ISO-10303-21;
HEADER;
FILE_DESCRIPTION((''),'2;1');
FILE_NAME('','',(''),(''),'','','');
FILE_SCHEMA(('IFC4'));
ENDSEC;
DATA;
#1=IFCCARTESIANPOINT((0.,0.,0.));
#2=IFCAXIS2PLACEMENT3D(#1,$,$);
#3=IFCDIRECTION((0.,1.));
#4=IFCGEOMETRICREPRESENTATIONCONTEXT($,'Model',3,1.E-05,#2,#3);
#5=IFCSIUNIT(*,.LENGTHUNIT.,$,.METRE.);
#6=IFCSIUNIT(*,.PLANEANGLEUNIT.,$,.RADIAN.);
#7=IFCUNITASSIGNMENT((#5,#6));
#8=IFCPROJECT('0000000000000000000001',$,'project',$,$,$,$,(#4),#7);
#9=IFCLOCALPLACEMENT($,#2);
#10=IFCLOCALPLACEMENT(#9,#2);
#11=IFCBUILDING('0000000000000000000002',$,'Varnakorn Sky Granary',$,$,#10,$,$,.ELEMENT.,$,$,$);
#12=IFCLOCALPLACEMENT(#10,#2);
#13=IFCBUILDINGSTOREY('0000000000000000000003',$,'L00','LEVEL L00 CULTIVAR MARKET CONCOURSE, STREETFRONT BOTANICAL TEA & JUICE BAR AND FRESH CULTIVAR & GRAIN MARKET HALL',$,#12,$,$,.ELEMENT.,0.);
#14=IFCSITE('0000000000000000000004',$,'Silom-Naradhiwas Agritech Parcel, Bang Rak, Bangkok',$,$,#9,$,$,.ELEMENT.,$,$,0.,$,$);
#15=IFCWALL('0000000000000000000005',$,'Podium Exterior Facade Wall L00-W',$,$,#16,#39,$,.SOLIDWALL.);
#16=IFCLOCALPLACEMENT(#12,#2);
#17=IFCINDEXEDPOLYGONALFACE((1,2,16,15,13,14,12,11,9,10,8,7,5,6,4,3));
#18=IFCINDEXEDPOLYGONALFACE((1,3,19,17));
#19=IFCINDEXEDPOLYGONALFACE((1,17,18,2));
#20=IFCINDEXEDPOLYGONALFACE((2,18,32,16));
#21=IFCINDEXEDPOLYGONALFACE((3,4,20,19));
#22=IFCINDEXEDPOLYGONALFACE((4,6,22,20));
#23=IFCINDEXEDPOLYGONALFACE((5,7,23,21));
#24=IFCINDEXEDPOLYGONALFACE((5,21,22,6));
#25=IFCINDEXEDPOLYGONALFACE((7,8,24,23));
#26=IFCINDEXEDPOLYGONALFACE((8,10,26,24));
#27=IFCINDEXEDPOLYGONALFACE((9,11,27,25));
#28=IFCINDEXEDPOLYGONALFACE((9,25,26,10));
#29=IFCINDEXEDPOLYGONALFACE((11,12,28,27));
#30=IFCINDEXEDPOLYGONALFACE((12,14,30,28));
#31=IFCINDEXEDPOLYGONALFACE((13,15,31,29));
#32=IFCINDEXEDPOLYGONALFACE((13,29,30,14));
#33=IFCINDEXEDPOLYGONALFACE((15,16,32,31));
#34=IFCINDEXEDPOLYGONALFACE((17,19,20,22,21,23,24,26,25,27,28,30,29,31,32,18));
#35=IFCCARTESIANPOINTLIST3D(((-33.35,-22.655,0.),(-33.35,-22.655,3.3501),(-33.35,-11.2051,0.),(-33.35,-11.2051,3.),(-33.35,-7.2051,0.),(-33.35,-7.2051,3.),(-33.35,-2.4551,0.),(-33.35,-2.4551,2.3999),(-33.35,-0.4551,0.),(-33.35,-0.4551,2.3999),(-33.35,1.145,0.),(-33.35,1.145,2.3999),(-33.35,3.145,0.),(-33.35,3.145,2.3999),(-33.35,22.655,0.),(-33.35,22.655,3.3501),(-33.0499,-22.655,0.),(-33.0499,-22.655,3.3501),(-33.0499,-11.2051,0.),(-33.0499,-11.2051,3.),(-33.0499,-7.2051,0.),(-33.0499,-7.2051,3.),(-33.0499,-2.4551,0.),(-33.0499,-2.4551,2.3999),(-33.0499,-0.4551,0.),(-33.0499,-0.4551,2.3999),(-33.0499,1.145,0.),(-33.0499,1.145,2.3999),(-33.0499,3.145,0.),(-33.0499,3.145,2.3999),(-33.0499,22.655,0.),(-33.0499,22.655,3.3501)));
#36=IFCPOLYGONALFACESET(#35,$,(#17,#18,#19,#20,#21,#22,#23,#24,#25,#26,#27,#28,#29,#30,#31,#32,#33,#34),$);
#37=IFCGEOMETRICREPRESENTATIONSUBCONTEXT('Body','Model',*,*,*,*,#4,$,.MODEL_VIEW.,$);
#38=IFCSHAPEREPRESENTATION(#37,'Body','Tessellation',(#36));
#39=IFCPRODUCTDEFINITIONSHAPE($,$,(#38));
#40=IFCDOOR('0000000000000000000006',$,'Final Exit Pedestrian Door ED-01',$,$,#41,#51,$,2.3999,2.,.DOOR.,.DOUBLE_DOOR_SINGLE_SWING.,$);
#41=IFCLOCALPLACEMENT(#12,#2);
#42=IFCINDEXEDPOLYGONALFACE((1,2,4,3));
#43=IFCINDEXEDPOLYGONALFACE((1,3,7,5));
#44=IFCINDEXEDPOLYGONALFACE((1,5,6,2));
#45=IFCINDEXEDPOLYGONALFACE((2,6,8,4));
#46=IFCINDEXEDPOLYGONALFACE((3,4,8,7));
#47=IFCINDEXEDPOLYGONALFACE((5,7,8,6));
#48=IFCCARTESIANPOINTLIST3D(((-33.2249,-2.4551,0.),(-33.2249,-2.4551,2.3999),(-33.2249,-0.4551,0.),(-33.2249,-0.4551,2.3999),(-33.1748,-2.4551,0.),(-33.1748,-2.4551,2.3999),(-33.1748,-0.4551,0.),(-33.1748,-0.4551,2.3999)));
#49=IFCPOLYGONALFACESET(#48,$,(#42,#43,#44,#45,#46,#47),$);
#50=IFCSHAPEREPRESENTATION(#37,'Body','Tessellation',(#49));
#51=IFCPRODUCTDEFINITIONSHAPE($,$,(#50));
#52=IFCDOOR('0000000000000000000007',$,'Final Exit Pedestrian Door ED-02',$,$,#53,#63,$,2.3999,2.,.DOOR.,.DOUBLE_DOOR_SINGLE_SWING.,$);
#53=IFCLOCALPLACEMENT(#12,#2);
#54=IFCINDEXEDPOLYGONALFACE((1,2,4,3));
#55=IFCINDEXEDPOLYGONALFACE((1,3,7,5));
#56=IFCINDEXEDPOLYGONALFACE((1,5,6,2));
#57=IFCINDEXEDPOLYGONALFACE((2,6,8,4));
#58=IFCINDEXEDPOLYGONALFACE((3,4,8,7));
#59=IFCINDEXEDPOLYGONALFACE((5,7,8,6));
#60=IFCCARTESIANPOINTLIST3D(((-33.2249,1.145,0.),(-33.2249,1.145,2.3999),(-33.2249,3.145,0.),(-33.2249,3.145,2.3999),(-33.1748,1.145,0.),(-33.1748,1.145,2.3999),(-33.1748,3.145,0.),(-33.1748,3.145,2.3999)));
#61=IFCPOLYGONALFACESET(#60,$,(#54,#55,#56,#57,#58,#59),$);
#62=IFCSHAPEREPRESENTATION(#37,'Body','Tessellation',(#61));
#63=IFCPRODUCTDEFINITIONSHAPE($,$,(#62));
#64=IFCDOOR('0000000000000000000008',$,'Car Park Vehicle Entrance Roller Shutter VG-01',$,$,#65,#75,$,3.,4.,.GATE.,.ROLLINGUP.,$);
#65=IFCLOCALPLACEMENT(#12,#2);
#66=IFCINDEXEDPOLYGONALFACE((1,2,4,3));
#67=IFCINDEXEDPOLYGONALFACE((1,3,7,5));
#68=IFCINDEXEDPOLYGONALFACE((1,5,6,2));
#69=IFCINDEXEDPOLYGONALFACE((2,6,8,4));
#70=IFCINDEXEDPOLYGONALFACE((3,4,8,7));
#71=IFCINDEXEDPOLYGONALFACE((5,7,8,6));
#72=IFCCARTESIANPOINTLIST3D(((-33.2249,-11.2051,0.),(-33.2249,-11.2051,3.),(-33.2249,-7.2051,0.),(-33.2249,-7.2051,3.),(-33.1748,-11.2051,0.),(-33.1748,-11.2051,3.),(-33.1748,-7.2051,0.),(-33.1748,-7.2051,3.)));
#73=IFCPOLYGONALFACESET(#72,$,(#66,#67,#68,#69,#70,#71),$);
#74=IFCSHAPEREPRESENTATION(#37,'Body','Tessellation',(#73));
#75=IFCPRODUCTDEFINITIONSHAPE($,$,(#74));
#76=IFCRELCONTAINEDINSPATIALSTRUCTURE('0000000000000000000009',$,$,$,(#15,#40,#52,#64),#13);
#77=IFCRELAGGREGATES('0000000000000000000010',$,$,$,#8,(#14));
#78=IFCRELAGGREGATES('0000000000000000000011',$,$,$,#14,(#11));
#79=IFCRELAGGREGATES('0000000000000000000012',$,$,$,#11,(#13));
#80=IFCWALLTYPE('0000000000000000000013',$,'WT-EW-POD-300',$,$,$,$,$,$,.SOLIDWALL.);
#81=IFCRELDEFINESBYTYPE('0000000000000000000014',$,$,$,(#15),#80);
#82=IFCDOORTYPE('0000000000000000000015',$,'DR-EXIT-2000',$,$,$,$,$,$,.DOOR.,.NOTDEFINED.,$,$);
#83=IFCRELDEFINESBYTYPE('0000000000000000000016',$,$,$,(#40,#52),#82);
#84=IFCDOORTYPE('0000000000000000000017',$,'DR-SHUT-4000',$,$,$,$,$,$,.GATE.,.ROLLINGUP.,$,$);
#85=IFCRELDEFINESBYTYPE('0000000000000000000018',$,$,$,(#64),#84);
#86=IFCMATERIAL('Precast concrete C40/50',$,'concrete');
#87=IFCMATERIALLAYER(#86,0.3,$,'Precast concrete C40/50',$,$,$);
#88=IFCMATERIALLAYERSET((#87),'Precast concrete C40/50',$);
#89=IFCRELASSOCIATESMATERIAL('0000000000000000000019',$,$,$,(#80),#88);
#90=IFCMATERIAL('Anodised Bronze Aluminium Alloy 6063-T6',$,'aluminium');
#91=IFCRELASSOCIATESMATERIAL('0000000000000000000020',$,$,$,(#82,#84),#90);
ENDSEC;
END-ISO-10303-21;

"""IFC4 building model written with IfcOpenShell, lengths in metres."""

from ifc_helpers import new_model, si_unit, direction, frame, frame_2d, origin, place, context, subcontext, project, spatial, rectangle, extrude, material, layer, layer_set, type_object, element, fill, save


model = new_model("IFC4")

# Units and contexts
model_context = context("Model", 3, precision=1e-05, world=origin(), true_north=direction((0.0, 1.0)))
body_context = subcontext(model_context, "Body", "Model", "MODEL_VIEW")
ifc_project = project(units=[si_unit("LENGTHUNIT", "METRE"), si_unit("PLANEANGLEUNIT", "RADIAN")], contexts=[model_context])

# Site, building, storey
site_placement = place(None, origin())
site = spatial("IfcSite", under=ifc_project, at=site_placement, Name="Silom-Naradhiwas Agritech Parcel, Bang Rak, Bangkok", CompositionType="ELEMENT", RefElevation=0.0)
building_placement = place(site_placement, origin())
building = spatial("IfcBuilding", under=site, at=building_placement, Name="Varnakorn Sky Granary", CompositionType="ELEMENT")
storey_placement = place(building_placement, origin())
storey = spatial("IfcBuildingStorey", under=building, at=storey_placement, Name="L00", Description="LEVEL L00 CULTIVAR MARKET CONCOURSE, STREETFRONT BOTANICAL TEA & JUICE BAR AND FRESH CULTIVAR & GRAIN MARKET HALL", CompositionType="ELEMENT", Elevation=0.0)

# Wall, openings, doors
ifc_material_1 = material(Name="Precast concrete C40/50", Category="concrete")
ifc_layer_1 = layer(ifc_material_1, 0.3, Name="Precast concrete C40/50")
ifc_layer_set_1 = layer_set([ifc_layer_1], Name="Precast concrete C40/50")
wall_type = type_object("IfcWallType", Name="WT-EW-POD-300", PredefinedType="SOLIDWALL", material=ifc_layer_set_1)
wall_placement = place(storey_placement, frame((-33.2, -22.655, 0.0), z_axis=(0.0, 0.0, 1.0), x_axis=(0.0, 1.0, 0.0)))
wall = element("IfcWall", 1, at=wall_placement, inside=storey, type_object=wall_type, Name="Podium Exterior Facade Wall L00-W", PredefinedType="SOLIDWALL", context=body_context, shape_type="SweptSolid", body=[
    extrude(rectangle(XDim=45.3101, YDim=0.3, at=frame_2d((22.655, 0.0))), origin(), (0.0, 0.0, 1.0), 3.3501),
])
opening_1_placement = place(wall_placement, frame((11.45, 0.0, 0.0)))
opening_1 = element("IfcOpeningElement", 2, at=opening_1_placement, cuts=wall, PredefinedType="OPENING", context=body_context, shape_type="SweptSolid", body=[
    extrude(rectangle(XDim=4.0, YDim=3.0, at=frame_2d((2.0, 1.5))), frame((0.0, 0.1602, 0.0), z_axis=(0.0, -1.0, 0.0), x_axis=(1.0, 0.0, 0.0)), (0.0, 0.0, 1.0), 0.3201),
])
opening_2_placement = place(wall_placement, frame((20.2, 0.0, 0.0)))
opening_2 = element("IfcOpeningElement", 3, at=opening_2_placement, cuts=wall, PredefinedType="OPENING", context=body_context, shape_type="SweptSolid", body=[
    extrude(rectangle(XDim=2.0, YDim=2.3999, at=frame_2d((1.0, 1.2))), frame((0.0, 0.1602, 0.0), z_axis=(0.0, -1.0, 0.0), x_axis=(1.0, 0.0, 0.0)), (0.0, 0.0, 1.0), 0.3201),
])
opening_3_placement = place(wall_placement, frame((23.8, 0.0, 0.0)))
opening_3 = element("IfcOpeningElement", 4, at=opening_3_placement, cuts=wall, PredefinedType="OPENING", context=body_context, shape_type="SweptSolid", body=[
    extrude(rectangle(XDim=2.0, YDim=2.3999, at=frame_2d((1.0, 1.2))), frame((0.0, 0.1602, 0.0), z_axis=(0.0, -1.0, 0.0), x_axis=(1.0, 0.0, 0.0)), (0.0, 0.0, 1.0), 0.3201),
])
ifc_material_2 = material(Name="Anodised Bronze Aluminium Alloy 6063-T6", Category="aluminium")
door_type_1 = type_object("IfcDoorType", Name="DR-EXIT-2000", OperationType="NOTDEFINED", PredefinedType="DOOR", material=ifc_material_2)
door_1_placement = place(opening_2_placement, origin())
door_1 = element("IfcDoor", 5, at=door_1_placement, inside=storey, type_object=door_type_1, Name="Final Exit Pedestrian Door ED-01", OperationType="DOUBLE_DOOR_SINGLE_SWING", OverallHeight=2.3999, OverallWidth=2.0, PredefinedType="DOOR", context=body_context, shape_type="SweptSolid", body=[
    extrude(rectangle(XDim=2.0, YDim=2.3999, at=frame_2d((1.0, 1.2))), frame((0.0, 0.0249, 0.0), z_axis=(0.0, -1.0, 0.0), x_axis=(1.0, 0.0, 0.0)), (0.0, 0.0, 1.0), 0.05),
])
fill(opening_2, door_1)
door_2_placement = place(opening_3_placement, origin())
door_2 = element("IfcDoor", 6, at=door_2_placement, inside=storey, type_object=door_type_1, Name="Final Exit Pedestrian Door ED-02", OperationType="DOUBLE_DOOR_SINGLE_SWING", OverallHeight=2.3999, OverallWidth=2.0, PredefinedType="DOOR", context=body_context, shape_type="SweptSolid", body=[
    extrude(rectangle(XDim=2.0, YDim=2.3999, at=frame_2d((1.0, 1.2))), frame((0.0, 0.0249, 0.0), z_axis=(0.0, -1.0, 0.0), x_axis=(1.0, 0.0, 0.0)), (0.0, 0.0, 1.0), 0.05),
])
fill(opening_3, door_2)
door_type_2 = type_object("IfcDoorType", Name="DR-SHUT-4000", OperationType="ROLLINGUP", PredefinedType="GATE", material=ifc_material_2)
door_3_placement = place(opening_1_placement, origin())
door_3 = element("IfcDoor", 7, at=door_3_placement, inside=storey, type_object=door_type_2, Name="Car Park Vehicle Entrance Roller Shutter VG-01", OperationType="ROLLINGUP", OverallHeight=3.0, OverallWidth=4.0, PredefinedType="GATE", context=body_context, shape_type="SweptSolid", body=[
    extrude(rectangle(XDim=4.0, YDim=3.0, at=frame_2d((2.0, 1.5))), frame((0.0, 0.0249, 0.0), z_axis=(0.0, -1.0, 0.0), x_axis=(1.0, 0.0, 0.0)), (0.0, 0.0, 1.0), 0.05),
])
fill(opening_1, door_3)

save(model, "model.ifc")
